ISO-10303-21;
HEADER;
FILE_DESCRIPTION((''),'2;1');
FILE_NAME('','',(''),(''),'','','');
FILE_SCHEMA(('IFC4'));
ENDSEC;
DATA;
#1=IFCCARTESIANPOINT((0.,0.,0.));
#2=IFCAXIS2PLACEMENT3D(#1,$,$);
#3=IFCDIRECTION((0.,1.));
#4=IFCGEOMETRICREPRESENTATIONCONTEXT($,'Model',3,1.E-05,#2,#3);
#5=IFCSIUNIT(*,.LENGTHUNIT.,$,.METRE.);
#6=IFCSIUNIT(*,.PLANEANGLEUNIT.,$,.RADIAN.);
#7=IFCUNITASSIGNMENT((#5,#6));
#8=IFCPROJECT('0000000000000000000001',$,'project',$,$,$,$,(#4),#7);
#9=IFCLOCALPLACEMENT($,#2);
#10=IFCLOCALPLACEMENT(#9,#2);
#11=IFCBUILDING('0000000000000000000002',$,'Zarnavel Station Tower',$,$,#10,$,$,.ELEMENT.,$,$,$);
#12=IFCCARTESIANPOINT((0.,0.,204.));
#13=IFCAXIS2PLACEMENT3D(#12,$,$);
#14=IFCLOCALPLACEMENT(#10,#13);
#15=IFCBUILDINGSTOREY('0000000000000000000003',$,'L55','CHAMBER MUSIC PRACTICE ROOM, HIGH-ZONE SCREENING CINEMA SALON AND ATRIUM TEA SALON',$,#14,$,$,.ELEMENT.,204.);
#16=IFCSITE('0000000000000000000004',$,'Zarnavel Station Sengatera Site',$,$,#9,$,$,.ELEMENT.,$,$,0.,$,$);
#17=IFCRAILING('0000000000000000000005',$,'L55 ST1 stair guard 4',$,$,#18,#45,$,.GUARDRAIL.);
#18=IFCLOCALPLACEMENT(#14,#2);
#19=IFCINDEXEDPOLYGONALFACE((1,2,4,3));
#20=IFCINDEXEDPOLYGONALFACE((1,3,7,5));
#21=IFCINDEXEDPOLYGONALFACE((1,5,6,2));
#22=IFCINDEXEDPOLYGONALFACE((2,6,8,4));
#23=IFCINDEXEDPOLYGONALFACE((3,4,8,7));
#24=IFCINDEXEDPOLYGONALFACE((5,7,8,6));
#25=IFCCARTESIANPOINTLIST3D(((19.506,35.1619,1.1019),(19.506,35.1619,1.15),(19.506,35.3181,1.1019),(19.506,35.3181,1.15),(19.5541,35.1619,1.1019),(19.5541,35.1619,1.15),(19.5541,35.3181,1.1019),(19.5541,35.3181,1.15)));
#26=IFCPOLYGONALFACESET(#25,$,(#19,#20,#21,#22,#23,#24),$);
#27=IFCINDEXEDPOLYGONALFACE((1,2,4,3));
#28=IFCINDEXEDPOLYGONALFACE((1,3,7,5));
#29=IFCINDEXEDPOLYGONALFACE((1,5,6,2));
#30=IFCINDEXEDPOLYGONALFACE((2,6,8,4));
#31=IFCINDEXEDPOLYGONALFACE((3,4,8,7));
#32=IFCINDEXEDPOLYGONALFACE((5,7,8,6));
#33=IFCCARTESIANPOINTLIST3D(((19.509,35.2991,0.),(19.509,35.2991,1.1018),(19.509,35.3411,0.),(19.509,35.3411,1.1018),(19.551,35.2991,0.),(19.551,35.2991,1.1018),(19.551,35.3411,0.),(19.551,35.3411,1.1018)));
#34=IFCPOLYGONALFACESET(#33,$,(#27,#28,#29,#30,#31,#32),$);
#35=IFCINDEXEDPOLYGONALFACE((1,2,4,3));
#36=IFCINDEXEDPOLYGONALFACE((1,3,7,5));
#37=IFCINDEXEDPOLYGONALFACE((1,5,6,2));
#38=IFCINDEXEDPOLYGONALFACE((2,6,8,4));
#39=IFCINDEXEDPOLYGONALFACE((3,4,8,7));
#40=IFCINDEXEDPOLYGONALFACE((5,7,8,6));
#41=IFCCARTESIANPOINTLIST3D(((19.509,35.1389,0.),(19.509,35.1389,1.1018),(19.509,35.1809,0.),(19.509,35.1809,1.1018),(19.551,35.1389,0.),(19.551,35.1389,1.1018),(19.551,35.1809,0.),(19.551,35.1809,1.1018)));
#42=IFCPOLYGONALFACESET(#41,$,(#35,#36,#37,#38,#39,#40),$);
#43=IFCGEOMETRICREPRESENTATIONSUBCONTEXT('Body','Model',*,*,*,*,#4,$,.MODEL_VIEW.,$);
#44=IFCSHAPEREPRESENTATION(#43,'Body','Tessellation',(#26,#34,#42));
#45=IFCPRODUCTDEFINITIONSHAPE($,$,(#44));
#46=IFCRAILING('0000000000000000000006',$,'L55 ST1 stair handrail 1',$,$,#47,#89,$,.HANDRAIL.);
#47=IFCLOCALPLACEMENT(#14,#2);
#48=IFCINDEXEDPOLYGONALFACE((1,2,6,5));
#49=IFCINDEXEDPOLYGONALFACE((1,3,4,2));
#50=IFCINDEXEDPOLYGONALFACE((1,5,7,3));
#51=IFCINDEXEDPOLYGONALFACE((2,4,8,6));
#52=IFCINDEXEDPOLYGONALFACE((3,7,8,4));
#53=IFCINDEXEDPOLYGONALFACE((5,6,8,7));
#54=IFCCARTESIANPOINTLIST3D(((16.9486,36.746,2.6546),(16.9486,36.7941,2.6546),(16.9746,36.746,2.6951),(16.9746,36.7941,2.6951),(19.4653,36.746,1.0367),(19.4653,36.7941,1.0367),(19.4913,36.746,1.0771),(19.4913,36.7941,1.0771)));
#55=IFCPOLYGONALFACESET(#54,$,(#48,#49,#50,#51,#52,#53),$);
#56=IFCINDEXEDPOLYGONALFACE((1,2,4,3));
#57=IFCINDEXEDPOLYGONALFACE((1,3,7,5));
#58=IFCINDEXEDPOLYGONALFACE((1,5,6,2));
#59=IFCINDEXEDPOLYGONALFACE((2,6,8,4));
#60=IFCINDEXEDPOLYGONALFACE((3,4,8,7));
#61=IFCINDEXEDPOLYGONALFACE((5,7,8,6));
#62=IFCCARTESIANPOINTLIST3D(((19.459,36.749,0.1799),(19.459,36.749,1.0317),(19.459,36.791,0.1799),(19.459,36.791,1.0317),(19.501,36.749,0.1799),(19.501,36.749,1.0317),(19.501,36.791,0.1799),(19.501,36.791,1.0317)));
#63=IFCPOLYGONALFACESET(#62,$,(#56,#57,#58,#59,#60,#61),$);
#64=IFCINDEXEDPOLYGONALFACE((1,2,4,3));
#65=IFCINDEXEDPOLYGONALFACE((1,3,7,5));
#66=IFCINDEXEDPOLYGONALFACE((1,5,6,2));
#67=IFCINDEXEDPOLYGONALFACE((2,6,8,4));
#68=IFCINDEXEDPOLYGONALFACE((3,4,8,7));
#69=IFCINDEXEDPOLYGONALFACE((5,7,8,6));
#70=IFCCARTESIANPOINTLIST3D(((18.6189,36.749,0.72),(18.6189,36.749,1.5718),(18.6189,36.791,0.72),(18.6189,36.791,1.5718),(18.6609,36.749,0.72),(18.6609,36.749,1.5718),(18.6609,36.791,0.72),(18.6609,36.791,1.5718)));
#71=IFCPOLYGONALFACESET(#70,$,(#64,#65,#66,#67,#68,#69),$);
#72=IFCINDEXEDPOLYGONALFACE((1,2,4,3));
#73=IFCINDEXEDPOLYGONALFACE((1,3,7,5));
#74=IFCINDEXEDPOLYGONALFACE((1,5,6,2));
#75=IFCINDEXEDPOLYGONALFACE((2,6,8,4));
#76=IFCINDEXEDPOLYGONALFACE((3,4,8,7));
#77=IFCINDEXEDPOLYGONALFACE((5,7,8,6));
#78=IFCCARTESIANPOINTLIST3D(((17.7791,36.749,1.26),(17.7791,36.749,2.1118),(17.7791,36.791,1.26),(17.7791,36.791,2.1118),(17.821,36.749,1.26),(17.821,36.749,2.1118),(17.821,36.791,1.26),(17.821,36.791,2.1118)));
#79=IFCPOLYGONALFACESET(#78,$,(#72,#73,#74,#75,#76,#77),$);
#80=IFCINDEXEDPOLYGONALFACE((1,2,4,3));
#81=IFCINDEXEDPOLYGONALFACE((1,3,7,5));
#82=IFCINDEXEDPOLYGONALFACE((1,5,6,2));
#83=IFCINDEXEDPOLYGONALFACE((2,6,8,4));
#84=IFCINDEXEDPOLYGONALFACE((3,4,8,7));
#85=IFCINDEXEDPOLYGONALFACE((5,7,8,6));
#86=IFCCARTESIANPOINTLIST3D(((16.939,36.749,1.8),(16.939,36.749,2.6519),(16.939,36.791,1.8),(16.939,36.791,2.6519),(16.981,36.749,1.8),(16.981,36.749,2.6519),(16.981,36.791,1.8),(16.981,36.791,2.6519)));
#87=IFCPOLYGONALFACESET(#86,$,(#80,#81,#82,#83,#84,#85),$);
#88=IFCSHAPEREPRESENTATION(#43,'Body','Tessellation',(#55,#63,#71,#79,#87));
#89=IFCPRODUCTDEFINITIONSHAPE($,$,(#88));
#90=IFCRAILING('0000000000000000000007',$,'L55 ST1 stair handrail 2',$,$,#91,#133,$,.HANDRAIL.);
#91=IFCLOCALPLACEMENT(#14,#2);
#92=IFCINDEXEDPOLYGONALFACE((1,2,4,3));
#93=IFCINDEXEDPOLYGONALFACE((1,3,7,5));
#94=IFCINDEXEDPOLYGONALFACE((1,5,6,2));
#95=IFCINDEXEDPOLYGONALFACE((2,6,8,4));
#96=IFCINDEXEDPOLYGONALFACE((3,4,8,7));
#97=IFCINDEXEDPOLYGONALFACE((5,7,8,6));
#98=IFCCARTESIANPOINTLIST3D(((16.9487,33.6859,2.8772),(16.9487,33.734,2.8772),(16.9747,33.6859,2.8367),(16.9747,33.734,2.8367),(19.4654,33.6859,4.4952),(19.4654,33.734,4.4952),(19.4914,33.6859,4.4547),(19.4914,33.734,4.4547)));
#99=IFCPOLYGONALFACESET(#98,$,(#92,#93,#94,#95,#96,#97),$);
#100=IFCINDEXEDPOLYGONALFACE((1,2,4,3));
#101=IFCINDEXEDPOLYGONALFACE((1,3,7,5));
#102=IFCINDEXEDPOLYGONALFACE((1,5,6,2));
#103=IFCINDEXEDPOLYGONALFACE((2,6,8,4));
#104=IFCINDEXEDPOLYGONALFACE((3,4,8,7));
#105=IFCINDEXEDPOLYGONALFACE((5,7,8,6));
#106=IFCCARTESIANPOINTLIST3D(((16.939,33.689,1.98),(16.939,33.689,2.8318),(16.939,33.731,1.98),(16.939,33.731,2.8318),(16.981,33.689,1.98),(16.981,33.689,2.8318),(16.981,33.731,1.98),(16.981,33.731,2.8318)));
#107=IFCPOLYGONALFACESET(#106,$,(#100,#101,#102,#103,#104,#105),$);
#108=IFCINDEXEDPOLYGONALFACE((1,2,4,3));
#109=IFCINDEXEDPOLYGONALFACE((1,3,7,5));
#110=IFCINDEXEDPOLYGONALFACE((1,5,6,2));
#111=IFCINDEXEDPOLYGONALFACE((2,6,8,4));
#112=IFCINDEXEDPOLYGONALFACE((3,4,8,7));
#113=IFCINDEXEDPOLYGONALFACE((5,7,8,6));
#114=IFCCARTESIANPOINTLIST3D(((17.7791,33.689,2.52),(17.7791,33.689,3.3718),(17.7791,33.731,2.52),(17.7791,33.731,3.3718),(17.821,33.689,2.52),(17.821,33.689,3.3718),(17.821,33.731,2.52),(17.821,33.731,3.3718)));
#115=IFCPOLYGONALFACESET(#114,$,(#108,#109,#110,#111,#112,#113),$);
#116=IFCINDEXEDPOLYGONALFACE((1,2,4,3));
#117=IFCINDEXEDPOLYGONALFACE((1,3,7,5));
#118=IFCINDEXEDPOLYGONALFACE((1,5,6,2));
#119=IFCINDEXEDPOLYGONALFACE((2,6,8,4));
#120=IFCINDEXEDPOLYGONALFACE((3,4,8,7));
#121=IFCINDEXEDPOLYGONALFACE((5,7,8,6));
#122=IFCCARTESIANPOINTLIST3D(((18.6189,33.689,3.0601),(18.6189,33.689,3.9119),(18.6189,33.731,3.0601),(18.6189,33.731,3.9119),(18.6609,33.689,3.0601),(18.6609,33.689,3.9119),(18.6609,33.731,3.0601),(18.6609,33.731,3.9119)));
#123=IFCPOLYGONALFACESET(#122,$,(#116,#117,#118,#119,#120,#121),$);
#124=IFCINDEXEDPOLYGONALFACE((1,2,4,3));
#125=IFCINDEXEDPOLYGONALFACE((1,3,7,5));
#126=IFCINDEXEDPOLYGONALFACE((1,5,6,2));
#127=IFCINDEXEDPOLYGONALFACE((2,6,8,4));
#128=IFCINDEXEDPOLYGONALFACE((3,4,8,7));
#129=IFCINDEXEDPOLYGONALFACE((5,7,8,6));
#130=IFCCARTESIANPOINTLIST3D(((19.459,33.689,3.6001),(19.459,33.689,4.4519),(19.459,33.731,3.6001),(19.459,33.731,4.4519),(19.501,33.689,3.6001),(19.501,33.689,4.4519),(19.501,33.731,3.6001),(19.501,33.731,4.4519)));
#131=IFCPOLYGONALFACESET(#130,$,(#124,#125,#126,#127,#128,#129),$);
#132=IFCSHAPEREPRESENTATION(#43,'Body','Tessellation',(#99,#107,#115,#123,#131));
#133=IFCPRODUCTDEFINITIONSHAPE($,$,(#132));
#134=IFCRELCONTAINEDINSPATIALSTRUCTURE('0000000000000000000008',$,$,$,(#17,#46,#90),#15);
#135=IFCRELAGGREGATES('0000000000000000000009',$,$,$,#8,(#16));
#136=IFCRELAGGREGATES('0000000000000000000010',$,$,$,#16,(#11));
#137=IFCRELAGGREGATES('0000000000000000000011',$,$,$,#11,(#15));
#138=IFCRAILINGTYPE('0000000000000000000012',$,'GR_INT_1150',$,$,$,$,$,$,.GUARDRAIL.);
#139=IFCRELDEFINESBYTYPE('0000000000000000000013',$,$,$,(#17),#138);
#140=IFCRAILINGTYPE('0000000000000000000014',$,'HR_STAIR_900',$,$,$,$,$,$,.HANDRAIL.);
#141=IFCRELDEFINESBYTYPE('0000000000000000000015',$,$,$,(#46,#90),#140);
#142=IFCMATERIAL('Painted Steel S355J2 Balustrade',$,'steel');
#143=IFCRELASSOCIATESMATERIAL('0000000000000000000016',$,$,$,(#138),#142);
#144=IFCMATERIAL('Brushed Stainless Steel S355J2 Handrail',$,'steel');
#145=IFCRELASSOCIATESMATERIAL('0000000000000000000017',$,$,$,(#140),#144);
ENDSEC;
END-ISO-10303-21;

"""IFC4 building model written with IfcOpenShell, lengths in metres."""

from ifc_helpers import new_model, si_unit, direction, frame, origin, origin_2d, place, context, subcontext, project, spatial, rectangle, extrude, material, type_object, element, save


model = new_model("IFC4")

# Units and contexts
model_context = context("Model", 3, precision=1e-05, world=origin(), true_north=direction((0.0, 1.0)))
body_context = subcontext(model_context, "Body", "Model", "MODEL_VIEW")
ifc_project = project(units=[si_unit("LENGTHUNIT", "METRE"), si_unit("PLANEANGLEUNIT", "RADIAN")], contexts=[model_context])

# Site, building, storey
site_placement = place(None, origin())
site = spatial("IfcSite", under=ifc_project, at=site_placement, Name="Zarnavel Station Sengatera Site", CompositionType="ELEMENT", RefElevation=0.0)
building_placement = place(site_placement, origin())
building = spatial("IfcBuilding", under=site, at=building_placement, Name="Zarnavel Station Tower", CompositionType="ELEMENT")
storey_placement = place(building_placement, frame((0.0, 0.0, 204.0)))
storey = spatial("IfcBuildingStorey", under=building, at=storey_placement, Name="L55", Description="CHAMBER MUSIC PRACTICE ROOM, HIGH-ZONE SCREENING CINEMA SALON AND ATRIUM TEA SALON", CompositionType="ELEMENT", Elevation=204.0)

# Railings
ifc_material_1 = material(Name="Painted Steel S355J2 Balustrade", Category="steel")
railing_type_1 = type_object("IfcRailingType", Name="GR_INT_1150", PredefinedType="GUARDRAIL", material=ifc_material_1)
railing_1_placement = place(storey_placement, frame((19.53, 35.3201, 0.0)))
element("IfcRailing", 1, at=railing_1_placement, inside=storey, type_object=railing_type_1, Name="L55 ST1 stair guard 4", PredefinedType="GUARDRAIL", context=body_context, shape_type="SweptSolid", body=[
    extrude(rectangle(XDim=0.0481, YDim=0.0481, at=origin_2d()), frame((0.0, -0.002, 1.126), z_axis=(0.0, -1.0, 0.0), x_axis=(1.0, 0.0, 0.0)), (0.0, 0.0, 1.0), 0.1562),
    extrude(rectangle(XDim=0.042, YDim=0.042, at=origin_2d()), origin(), (0.0, 0.0, 1.0), 1.1018),
    extrude(rectangle(XDim=0.042, YDim=0.042, at=origin_2d()), frame((0.0, -0.1602, 0.0)), (0.0, 0.0, 1.0), 1.1018),
])
ifc_material_2 = material(Name="Brushed Stainless Steel S355J2 Handrail", Category="steel")
railing_type_2 = type_object("IfcRailingType", Name="HR_STAIR_900", PredefinedType="HANDRAIL", material=ifc_material_2)
railing_2_placement = place(storey_placement, frame((19.48, 36.77, 0.1799)))
element("IfcRailing", 2, at=railing_2_placement, inside=storey, type_object=railing_type_2, Name="L55 ST1 stair handrail 1", PredefinedType="HANDRAIL", context=body_context, shape_type="SweptSolid", body=[
    extrude(rectangle(XDim=0.0481, YDim=0.0481, at=origin_2d()), frame((-0.0017, 0.0, 0.877), z_axis=(-0.841163, 0.0, 0.540782), x_axis=(0.0, -1.0, 0.0)), (0.0, 0.0, 1.0), 2.9919),
    extrude(rectangle(XDim=0.042, YDim=0.042, at=origin_2d()), origin(), (0.0, 0.0, 1.0), 0.8518),
    extrude(rectangle(XDim=0.042, YDim=0.042, at=origin_2d()), frame((-0.8401, 0.0, 0.54)), (0.0, 0.0, 1.0), 0.8518),
    extrude(rectangle(XDim=0.042, YDim=0.042, at=origin_2d()), frame((-1.6799, 0.0, 1.0801)), (0.0, 0.0, 1.0), 0.8518),
    extrude(rectangle(XDim=0.042, YDim=0.042, at=origin_2d()), frame((-2.52, 0.0, 1.6201)), (0.0, 0.0, 1.0), 0.8518),
])
railing_3_placement = place(storey_placement, frame((16.96, 33.71, 1.98)))
element("IfcRailing", 3, at=railing_3_placement, inside=storey, type_object=railing_type_2, Name="L55 ST1 stair handrail 2", PredefinedType="HANDRAIL", context=body_context, shape_type="SweptSolid", body=[
    extrude(rectangle(XDim=0.0481, YDim=0.0481, at=origin_2d()), frame((0.0017, 0.0, 0.877), z_axis=(0.841163, 0.0, 0.540782), x_axis=(0.0, 1.0, 0.0)), (0.0, 0.0, 1.0), 2.9919),
    extrude(rectangle(XDim=0.042, YDim=0.042, at=origin_2d()), origin(), (0.0, 0.0, 1.0), 0.8518),
    extrude(rectangle(XDim=0.042, YDim=0.042, at=origin_2d()), frame((0.8401, 0.0, 0.54)), (0.0, 0.0, 1.0), 0.8518),
    extrude(rectangle(XDim=0.042, YDim=0.042, at=origin_2d()), frame((1.6799, 0.0, 1.0801)), (0.0, 0.0, 1.0), 0.8518),
    extrude(rectangle(XDim=0.042, YDim=0.042, at=origin_2d()), frame((2.52, 0.0, 1.6201)), (0.0, 0.0, 1.0), 0.8518),
])

save(model, "model.ifc")
